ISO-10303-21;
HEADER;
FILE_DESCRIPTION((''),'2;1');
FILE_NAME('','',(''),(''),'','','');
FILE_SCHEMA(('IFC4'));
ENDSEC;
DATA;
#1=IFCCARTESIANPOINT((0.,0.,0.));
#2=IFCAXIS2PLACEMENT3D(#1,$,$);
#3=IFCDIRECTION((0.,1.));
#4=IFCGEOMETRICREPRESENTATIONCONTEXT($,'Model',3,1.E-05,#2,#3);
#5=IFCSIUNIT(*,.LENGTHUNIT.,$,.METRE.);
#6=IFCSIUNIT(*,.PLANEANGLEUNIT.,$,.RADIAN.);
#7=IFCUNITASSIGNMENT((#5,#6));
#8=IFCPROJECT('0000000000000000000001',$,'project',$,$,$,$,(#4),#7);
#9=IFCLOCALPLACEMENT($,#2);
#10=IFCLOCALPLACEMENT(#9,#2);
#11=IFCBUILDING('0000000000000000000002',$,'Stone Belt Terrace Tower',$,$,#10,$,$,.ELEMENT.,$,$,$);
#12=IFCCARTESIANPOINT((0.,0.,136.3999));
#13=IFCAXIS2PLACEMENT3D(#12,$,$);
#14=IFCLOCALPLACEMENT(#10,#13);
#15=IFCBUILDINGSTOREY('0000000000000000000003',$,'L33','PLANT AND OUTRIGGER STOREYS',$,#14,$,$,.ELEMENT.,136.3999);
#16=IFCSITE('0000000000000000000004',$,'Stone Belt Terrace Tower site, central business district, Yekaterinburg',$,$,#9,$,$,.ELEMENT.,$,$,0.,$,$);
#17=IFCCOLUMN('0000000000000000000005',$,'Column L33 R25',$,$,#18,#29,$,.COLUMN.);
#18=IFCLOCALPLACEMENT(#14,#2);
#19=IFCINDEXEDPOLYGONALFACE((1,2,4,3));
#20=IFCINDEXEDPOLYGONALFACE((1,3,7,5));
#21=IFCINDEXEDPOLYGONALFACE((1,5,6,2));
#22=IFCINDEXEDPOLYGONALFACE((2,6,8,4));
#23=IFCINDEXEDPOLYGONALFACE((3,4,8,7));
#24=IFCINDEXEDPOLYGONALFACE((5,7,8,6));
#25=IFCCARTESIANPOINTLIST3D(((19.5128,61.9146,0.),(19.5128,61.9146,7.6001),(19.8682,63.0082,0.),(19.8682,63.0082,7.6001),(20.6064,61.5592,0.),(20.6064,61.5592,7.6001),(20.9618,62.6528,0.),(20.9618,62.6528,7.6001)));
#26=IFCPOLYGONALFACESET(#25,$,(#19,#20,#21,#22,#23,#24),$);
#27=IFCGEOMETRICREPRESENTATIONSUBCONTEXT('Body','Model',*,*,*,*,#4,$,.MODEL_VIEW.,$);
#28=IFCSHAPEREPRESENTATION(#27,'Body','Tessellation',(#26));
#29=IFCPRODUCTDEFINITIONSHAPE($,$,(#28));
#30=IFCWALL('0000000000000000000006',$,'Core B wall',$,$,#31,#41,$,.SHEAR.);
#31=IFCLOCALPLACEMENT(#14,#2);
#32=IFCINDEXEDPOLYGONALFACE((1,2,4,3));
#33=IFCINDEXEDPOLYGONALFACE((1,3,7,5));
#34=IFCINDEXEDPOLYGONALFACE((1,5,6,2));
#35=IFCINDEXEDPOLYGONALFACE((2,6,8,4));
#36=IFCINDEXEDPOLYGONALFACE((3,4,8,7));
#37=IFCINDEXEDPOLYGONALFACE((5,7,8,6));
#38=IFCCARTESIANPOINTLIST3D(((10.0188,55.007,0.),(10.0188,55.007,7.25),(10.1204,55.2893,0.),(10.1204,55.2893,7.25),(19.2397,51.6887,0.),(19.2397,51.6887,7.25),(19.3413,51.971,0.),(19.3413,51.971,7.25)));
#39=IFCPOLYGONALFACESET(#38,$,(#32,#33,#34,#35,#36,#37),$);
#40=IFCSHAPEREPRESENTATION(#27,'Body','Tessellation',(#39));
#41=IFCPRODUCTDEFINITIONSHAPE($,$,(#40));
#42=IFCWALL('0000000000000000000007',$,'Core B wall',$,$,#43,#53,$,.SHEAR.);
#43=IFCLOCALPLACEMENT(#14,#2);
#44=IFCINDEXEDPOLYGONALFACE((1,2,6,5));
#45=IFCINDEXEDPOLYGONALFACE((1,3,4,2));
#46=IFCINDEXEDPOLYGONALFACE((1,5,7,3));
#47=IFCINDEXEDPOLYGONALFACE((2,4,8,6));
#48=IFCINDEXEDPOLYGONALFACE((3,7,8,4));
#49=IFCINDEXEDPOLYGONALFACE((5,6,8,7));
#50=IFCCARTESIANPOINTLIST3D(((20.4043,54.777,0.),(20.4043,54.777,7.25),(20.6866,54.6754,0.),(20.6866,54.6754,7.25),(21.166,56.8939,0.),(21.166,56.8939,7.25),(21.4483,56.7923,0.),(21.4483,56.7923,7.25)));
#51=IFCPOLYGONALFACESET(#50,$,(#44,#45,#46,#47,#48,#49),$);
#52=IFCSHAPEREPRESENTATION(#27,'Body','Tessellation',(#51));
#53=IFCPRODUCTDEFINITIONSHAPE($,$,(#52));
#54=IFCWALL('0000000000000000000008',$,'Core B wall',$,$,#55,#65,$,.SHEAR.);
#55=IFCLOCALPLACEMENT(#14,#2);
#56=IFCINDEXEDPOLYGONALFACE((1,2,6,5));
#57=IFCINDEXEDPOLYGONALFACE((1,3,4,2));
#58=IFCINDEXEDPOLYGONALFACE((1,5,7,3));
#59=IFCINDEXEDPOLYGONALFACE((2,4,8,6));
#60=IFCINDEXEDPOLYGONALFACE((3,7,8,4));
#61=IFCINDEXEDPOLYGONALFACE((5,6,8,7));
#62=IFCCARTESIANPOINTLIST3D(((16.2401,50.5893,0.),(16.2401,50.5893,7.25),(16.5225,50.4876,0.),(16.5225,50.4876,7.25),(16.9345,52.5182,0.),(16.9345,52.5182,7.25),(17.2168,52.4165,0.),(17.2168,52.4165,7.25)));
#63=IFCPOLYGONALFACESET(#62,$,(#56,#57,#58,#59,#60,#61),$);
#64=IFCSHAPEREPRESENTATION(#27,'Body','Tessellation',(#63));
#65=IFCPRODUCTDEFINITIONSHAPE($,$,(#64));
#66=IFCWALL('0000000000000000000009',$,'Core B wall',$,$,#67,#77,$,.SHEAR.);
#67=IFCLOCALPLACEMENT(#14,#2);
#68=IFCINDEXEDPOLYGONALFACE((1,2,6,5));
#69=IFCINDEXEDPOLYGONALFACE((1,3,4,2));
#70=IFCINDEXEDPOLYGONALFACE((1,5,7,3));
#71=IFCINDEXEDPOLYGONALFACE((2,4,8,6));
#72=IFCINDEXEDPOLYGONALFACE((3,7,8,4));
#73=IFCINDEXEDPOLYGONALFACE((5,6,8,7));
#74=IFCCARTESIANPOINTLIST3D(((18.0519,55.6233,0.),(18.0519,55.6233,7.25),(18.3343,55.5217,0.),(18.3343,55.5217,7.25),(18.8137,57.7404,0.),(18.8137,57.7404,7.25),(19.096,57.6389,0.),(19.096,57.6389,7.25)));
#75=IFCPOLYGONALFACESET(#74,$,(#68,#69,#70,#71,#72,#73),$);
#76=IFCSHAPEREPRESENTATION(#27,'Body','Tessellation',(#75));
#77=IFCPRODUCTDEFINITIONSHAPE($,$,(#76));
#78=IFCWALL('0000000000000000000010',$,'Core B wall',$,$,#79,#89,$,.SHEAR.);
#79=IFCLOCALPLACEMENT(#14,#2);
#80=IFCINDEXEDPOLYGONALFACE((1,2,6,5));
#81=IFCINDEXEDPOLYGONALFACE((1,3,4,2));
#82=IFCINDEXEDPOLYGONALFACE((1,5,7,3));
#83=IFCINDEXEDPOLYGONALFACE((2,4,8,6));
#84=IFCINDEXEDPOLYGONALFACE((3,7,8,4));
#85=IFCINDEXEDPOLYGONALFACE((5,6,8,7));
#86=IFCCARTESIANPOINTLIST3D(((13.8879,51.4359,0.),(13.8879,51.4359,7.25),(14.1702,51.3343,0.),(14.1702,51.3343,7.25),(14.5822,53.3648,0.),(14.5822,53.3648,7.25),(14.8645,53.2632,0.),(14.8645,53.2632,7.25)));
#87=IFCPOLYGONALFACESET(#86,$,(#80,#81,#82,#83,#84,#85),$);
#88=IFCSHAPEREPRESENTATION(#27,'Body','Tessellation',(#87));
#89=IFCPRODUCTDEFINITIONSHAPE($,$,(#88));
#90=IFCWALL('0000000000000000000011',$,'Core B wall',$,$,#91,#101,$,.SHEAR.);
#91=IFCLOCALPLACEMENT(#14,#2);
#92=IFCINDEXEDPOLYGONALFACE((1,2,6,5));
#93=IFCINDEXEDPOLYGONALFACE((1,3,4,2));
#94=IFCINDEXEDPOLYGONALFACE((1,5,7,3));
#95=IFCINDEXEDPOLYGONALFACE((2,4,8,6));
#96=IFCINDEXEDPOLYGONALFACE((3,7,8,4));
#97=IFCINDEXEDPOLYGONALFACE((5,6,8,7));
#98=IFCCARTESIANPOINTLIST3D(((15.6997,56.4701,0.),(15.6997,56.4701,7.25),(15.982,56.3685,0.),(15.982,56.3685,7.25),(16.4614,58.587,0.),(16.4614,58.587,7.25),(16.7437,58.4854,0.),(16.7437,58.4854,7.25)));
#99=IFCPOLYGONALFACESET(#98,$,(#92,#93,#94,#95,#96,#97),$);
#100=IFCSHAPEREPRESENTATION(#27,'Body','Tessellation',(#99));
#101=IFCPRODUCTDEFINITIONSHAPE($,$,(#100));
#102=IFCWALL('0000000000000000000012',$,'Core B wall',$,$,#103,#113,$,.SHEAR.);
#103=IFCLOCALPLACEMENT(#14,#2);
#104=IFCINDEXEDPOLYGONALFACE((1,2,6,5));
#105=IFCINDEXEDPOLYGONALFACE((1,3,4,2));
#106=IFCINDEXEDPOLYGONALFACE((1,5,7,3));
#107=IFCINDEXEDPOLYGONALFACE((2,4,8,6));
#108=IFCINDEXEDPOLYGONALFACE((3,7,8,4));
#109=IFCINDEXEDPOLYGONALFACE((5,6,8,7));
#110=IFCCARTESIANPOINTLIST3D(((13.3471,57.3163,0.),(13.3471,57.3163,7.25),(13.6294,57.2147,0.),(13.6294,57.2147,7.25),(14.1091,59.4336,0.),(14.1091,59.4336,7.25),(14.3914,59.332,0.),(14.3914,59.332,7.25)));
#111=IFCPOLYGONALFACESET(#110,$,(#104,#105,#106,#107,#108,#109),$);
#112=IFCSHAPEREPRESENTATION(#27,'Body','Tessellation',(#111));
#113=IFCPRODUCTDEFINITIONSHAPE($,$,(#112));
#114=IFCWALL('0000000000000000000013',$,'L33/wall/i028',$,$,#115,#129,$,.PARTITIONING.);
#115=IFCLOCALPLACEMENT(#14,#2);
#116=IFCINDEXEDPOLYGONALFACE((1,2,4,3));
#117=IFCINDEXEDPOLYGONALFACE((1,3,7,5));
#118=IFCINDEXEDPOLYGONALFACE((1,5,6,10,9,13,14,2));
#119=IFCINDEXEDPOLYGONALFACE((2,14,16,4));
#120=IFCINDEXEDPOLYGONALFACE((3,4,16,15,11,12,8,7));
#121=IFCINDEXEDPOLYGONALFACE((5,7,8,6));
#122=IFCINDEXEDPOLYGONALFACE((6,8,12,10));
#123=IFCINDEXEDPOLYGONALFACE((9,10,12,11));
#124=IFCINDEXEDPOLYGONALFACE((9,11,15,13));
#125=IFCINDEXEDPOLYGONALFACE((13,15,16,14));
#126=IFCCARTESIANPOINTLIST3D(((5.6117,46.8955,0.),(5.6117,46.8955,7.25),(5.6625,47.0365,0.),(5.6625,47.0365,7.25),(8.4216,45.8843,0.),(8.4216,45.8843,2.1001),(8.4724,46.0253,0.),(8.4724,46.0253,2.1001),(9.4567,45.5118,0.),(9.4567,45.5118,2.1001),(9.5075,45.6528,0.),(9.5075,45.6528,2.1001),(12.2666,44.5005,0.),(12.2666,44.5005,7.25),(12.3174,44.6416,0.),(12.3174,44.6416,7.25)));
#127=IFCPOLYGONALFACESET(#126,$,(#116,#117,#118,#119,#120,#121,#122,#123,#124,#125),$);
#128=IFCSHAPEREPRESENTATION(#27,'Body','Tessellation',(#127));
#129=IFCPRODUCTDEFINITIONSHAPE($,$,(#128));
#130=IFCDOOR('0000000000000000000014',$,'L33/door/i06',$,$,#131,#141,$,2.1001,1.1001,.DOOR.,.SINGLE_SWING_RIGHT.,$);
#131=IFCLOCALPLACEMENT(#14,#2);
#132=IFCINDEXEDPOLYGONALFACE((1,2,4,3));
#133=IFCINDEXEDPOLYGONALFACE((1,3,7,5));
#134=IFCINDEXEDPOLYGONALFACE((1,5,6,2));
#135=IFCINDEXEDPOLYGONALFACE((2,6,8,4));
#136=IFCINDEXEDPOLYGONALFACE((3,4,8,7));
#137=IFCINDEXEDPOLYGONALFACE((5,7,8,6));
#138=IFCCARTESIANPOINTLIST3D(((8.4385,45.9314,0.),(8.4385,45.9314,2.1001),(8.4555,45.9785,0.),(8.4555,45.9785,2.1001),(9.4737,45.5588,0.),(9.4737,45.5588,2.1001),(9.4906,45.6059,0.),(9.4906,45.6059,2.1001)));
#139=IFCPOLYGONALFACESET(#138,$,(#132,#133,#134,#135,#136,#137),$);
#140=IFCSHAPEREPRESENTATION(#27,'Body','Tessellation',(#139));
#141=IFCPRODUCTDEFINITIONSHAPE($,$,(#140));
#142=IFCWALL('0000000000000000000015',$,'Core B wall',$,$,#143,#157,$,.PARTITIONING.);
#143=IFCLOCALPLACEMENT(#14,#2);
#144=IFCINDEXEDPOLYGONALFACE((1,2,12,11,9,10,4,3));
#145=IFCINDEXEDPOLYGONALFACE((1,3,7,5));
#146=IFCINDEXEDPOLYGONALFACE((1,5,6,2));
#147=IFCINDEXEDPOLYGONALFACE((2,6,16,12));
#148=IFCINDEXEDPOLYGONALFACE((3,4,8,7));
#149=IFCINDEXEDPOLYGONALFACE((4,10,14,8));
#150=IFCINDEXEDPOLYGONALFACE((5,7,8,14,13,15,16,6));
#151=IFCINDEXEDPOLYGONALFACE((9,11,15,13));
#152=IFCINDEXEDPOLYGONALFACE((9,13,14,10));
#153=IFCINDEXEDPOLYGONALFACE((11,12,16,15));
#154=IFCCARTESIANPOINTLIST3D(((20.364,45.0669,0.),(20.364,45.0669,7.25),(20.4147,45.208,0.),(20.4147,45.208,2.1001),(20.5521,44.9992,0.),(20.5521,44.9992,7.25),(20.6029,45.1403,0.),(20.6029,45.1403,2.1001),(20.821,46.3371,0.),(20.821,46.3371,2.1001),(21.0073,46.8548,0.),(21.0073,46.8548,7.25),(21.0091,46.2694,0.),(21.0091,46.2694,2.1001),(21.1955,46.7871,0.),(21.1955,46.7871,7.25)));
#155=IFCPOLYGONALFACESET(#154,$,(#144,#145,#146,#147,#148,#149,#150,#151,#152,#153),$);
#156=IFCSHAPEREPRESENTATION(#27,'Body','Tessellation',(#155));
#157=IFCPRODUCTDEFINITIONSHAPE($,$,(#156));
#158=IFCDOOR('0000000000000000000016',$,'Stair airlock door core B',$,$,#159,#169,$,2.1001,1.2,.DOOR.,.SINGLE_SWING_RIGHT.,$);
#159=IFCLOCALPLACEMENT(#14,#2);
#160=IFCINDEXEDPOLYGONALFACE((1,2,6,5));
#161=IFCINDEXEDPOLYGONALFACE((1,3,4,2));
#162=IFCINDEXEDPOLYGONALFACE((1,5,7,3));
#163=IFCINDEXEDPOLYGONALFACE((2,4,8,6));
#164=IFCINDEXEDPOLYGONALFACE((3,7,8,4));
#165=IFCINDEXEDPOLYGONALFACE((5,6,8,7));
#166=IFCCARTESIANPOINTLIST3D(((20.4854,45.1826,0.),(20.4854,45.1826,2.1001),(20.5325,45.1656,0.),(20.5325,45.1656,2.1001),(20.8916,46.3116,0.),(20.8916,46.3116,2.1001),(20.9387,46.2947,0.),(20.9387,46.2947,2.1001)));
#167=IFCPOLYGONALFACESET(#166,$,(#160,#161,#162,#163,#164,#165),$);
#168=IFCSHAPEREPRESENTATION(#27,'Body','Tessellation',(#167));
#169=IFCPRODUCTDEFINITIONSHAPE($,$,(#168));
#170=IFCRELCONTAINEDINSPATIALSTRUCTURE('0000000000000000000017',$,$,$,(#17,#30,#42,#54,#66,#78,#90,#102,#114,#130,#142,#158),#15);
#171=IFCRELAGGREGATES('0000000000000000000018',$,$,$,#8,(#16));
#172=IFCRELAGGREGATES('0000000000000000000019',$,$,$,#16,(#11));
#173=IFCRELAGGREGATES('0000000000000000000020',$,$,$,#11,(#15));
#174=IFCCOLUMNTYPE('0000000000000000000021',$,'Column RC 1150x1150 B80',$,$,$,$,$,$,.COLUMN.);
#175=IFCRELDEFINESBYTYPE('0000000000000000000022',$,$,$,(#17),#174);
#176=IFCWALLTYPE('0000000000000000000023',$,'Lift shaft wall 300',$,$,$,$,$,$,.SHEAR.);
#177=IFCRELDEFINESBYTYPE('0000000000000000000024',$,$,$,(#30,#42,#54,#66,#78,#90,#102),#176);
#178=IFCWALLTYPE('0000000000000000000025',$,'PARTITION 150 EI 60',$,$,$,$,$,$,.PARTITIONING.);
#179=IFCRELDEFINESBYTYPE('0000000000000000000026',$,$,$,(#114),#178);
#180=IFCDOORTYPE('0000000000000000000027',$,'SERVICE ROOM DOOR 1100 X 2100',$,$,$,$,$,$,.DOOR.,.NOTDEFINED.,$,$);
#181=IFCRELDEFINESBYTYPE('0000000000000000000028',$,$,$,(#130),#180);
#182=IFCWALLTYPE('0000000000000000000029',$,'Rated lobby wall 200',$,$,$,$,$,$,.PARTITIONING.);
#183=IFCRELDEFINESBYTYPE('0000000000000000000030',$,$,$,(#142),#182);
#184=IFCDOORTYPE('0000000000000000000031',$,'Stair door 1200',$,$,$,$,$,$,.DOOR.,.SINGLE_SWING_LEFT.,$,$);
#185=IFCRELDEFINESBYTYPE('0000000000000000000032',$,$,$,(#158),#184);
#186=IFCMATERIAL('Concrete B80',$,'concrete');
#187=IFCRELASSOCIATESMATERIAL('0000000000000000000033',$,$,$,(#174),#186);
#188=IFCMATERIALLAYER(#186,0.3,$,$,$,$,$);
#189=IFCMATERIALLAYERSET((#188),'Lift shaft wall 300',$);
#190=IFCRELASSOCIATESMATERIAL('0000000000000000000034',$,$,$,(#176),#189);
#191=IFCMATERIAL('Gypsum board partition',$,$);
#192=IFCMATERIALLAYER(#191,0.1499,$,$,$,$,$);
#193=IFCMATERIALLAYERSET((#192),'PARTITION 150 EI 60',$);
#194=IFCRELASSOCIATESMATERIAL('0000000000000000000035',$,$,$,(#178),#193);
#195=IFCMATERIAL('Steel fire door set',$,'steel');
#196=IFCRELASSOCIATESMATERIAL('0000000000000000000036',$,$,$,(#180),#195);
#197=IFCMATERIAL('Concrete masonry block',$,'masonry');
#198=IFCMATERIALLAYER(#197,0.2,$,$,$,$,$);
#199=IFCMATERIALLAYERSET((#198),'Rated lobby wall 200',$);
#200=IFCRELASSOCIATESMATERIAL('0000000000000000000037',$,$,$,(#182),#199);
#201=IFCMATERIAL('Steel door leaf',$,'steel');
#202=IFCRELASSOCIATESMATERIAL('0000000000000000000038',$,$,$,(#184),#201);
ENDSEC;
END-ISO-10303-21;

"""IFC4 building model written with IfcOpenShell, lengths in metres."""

from ifc_helpers import new_model, si_unit, direction, frame, frame_2d, origin, origin_2d, place, context, subcontext, project, spatial, rectangle, extrude, material, layer, layer_set, material_profile, profile_set, type_object, element, fill, save


model = new_model("IFC4")

# Units and contexts
model_context = context("Model", 3, precision=1e-05, world=origin(), true_north=direction((0.0, 1.0)))
body_context = subcontext(model_context, "Body", "Model", "MODEL_VIEW")
ifc_project = project(units=[si_unit("LENGTHUNIT", "METRE"), si_unit("PLANEANGLEUNIT", "RADIAN")], contexts=[model_context])

# Site, building, storey
site_placement = place(None, origin())
site = spatial("IfcSite", under=ifc_project, at=site_placement, Name="Stone Belt Terrace Tower site, central business district, Yekaterinburg", CompositionType="ELEMENT", RefElevation=0.0)
building_placement = place(site_placement, origin())
building = spatial("IfcBuilding", under=site, at=building_placement, Name="Stone Belt Terrace Tower", CompositionType="ELEMENT")
storey_placement = place(building_placement, frame((0.0, 0.0, 136.3999)))
storey = spatial("IfcBuildingStorey", under=building, at=storey_placement, Name="L33", Description="PLANT AND OUTRIGGER STOREYS", CompositionType="ELEMENT", Elevation=136.3999)

# Column
ifc_material_1 = material(Name="Concrete B80", Category="concrete")
ifc_material_profile = material_profile(ifc_material_1, rectangle(XDim=1.1499, YDim=1.1499, at=origin_2d()), Name="RC 1150x1150")
ifc_profile_set = profile_set([ifc_material_profile], Name="Concrete B80")
column_type = type_object("IfcColumnType", Name="Column RC 1150x1150 B80", PredefinedType="COLUMN", material=ifc_profile_set)
column_placement = place(storey_placement, frame((20.2373, 62.2837, 0.0), z_axis=(0.0, 0.0, 1.0), x_axis=(0.951057, -0.309017, 0.0)))
element("IfcColumn", 1, at=column_placement, inside=storey, type_object=column_type, Name="Column L33 R25", PredefinedType="COLUMN", context=body_context, shape_type="SweptSolid", body=[
    extrude(rectangle(XDim=1.1499, YDim=1.1499, at=origin_2d()), origin(), (0.0, 0.0, 1.0), 7.6001),
])

# Walls
ifc_layer_1 = layer(ifc_material_1, 0.3)
ifc_layer_set_1 = layer_set([ifc_layer_1], Name="Lift shaft wall 300")
wall_type_1 = type_object("IfcWallType", Name="Lift shaft wall 300", PredefinedType="SHEAR", material=ifc_layer_set_1)
wall_1_placement = place(storey_placement, frame((19.2905, 51.8298, 0.0), z_axis=(0.0, 0.0, 1.0), x_axis=(-0.940926, 0.338613, 0.0)))
element("IfcWall", 2, at=wall_1_placement, inside=storey, type_object=wall_type_1, Name="Core B wall", PredefinedType="SHEAR", context=body_context, shape_type="SweptSolid", body=[
    extrude(rectangle(XDim=9.7998, YDim=0.3, at=frame_2d((4.8999, 0.0))), origin(), (0.0, 0.0, 1.0), 7.25),
])
wall_2_placement = place(storey_placement, frame((20.5454, 54.7261, 0.0), z_axis=(0.0, 0.0, 1.0), x_axis=(0.33857, 0.940941, 0.0)))
element("IfcWall", 3, at=wall_2_placement, inside=storey, type_object=wall_type_1, Name="Core B wall", PredefinedType="SHEAR", context=body_context, shape_type="SweptSolid", body=[
    extrude(rectangle(XDim=2.2498, YDim=0.3, at=frame_2d((1.125, 0.0))), origin(), (0.0, 0.0, 1.0), 7.25),
])
wall_3_placement = place(storey_placement, frame((16.3813, 50.5386, 0.0), z_axis=(0.0, 0.0, 1.0), x_axis=(0.338682, 0.940901, 0.0)))
element("IfcWall", 4, at=wall_3_placement, inside=storey, type_object=wall_type_1, Name="Core B wall", PredefinedType="SHEAR", context=body_context, shape_type="SweptSolid", body=[
    extrude(rectangle(XDim=2.05, YDim=0.3, at=frame_2d((1.0249, 0.0))), origin(), (0.0, 0.0, 1.0), 7.25),
])
wall_4_placement = place(storey_placement, frame((18.1931, 55.5725, 0.0), z_axis=(0.0, 0.0, 1.0), x_axis=(0.338535, 0.940954, 0.0)))
element("IfcWall", 5, at=wall_4_placement, inside=storey, type_object=wall_type_1, Name="Core B wall", PredefinedType="SHEAR", context=body_context, shape_type="SweptSolid", body=[
    extrude(rectangle(XDim=2.25, YDim=0.3, at=frame_2d((1.125, 0.0))), origin(), (0.0, 0.0, 1.0), 7.25),
])
wall_5_placement = place(storey_placement, frame((14.0291, 51.3853, 0.0), z_axis=(0.0, 0.0, 1.0), x_axis=(0.338682, 0.940901, 0.0)))
element("IfcWall", 6, at=wall_5_placement, inside=storey, type_object=wall_type_1, Name="Core B wall", PredefinedType="SHEAR", context=body_context, shape_type="SweptSolid", body=[
    extrude(rectangle(XDim=2.05, YDim=0.3, at=frame_2d((1.0249, 0.0))), origin(), (0.0, 0.0, 1.0), 7.25),
])
wall_6_placement = place(storey_placement, frame((15.8408, 56.4192, 0.0), z_axis=(0.0, 0.0, 1.0), x_axis=(0.33857, 0.940941, 0.0)))
element("IfcWall", 7, at=wall_6_placement, inside=storey, type_object=wall_type_1, Name="Core B wall", PredefinedType="SHEAR", context=body_context, shape_type="SweptSolid", body=[
    extrude(rectangle(XDim=2.2498, YDim=0.3, at=frame_2d((1.125, 0.0))), origin(), (0.0, 0.0, 1.0), 7.25),
])
wall_7_placement = place(storey_placement, frame((13.4883, 57.2656, 0.0), z_axis=(0.0, 0.0, 1.0), x_axis=(0.338631, 0.940919, 0.0)))
element("IfcWall", 8, at=wall_7_placement, inside=storey, type_object=wall_type_1, Name="Core B wall", PredefinedType="SHEAR", context=body_context, shape_type="SweptSolid", body=[
    extrude(rectangle(XDim=2.2502, YDim=0.3, at=frame_2d((1.125, 0.0))), origin(), (0.0, 0.0, 1.0), 7.25),
])

# Walls, openings, doors
ifc_material_2 = material(Name="Gypsum board partition")
ifc_layer_2 = layer(ifc_material_2, 0.1499)
ifc_layer_set_2 = layer_set([ifc_layer_2], Name="PARTITION 150 EI 60")
wall_type_2 = type_object("IfcWallType", Name="PARTITION 150 EI 60", PredefinedType="PARTITIONING", material=ifc_layer_set_2)
wall_8_placement = place(storey_placement, frame((12.292, 44.571, 0.0), z_axis=(0.0, 0.0, 1.0), x_axis=(-0.940923, 0.33862, 0.0)))
wall_8 = element("IfcWall", 9, at=wall_8_placement, inside=storey, type_object=wall_type_2, Name="L33/wall/i028", PredefinedType="PARTITIONING", context=body_context, shape_type="SweptSolid", body=[
    extrude(rectangle(XDim=7.0728, YDim=0.1499, at=frame_2d((3.5364, 0.0))), origin(), (0.0, 0.0, 1.0), 7.25),
])
opening_1_placement = place(wall_8_placement, frame((2.9863, 0.0, 0.0)))
opening_1 = element("IfcOpeningElement", 10, at=opening_1_placement, cuts=wall_8, PredefinedType="OPENING", context=body_context, shape_type="SweptSolid", body=[
    extrude(rectangle(XDim=1.1001, YDim=2.1001, at=frame_2d((0.55, 1.05))), frame((0.0, 0.085, 0.0), z_axis=(0.0, -1.0, 0.0), x_axis=(1.0, 0.0, 0.0)), (0.0, 0.0, 1.0), 0.1699),
])
ifc_material_3 = material(Name="Steel fire door set", Category="steel")
door_type_1 = type_object("IfcDoorType", Name="SERVICE ROOM DOOR 1100 X 2100", OperationType="NOTDEFINED", PredefinedType="DOOR", material=ifc_material_3)
door_1_placement = place(opening_1_placement, origin())
door_1 = element("IfcDoor", 11, at=door_1_placement, inside=storey, type_object=door_type_1, Name="L33/door/i06", OperationType="SINGLE_SWING_RIGHT", OverallHeight=2.1001, OverallWidth=1.1001, PredefinedType="DOOR", context=body_context, shape_type="SweptSolid", body=[
    extrude(rectangle(XDim=1.1001, YDim=2.1001, at=frame_2d((0.55, 1.05))), frame((0.0, 0.0249, 0.0), z_axis=(0.0, -1.0, 0.0), x_axis=(1.0, 0.0, 0.0)), (0.0, 0.0, 1.0), 0.05),
])
fill(opening_1, door_1)
ifc_material_4 = material(Name="Concrete masonry block", Category="masonry")
ifc_layer_3 = layer(ifc_material_4, 0.2)
ifc_layer_set_3 = layer_set([ifc_layer_3], Name="Rated lobby wall 200")
wall_type_3 = type_object("IfcWallType", Name="Rated lobby wall 200", PredefinedType="PARTITIONING", material=ifc_layer_set_3)
wall_9_placement = place(storey_placement, frame((20.458, 45.033, 0.0), z_axis=(0.0, 0.0, 1.0), x_axis=(0.338574, 0.94094, 0.0)))
wall_9 = element("IfcWall", 12, at=wall_9_placement, inside=storey, type_object=wall_type_3, Name="Core B wall", PredefinedType="PARTITIONING", context=body_context, shape_type="SweptSolid", body=[
    extrude(rectangle(XDim=1.9001, YDim=0.2, at=frame_2d((0.9502, 0.0))), origin(), (0.0, 0.0, 1.0), 7.25),
])
opening_2_placement = place(wall_9_placement, frame((0.1499, 0.0, 0.0)))
opening_2 = element("IfcOpeningElement", 13, at=opening_2_placement, cuts=wall_9, PredefinedType="OPENING", context=body_context, shape_type="SweptSolid", body=[
    extrude(rectangle(XDim=1.2, YDim=2.1001, at=frame_2d((0.6001, 1.05))), frame((0.0, 0.1099, 0.0), z_axis=(0.0, -1.0, 0.0), x_axis=(1.0, 0.0, 0.0)), (0.0, 0.0, 1.0), 0.22),
])
ifc_material_5 = material(Name="Steel door leaf", Category="steel")
door_type_2 = type_object("IfcDoorType", Name="Stair door 1200", OperationType="SINGLE_SWING_LEFT", PredefinedType="DOOR", material=ifc_material_5)
door_2_placement = place(opening_2_placement, origin())
door_2 = element("IfcDoor", 14, at=door_2_placement, inside=storey, type_object=door_type_2, Name="Stair airlock door core B", OperationType="SINGLE_SWING_RIGHT", OverallHeight=2.1001, OverallWidth=1.2, PredefinedType="DOOR", context=body_context, shape_type="SweptSolid", body=[
    extrude(rectangle(XDim=1.2, YDim=2.1001, at=frame_2d((0.6001, 1.05))), frame((0.0, 0.0249, 0.0), z_axis=(0.0, -1.0, 0.0), x_axis=(1.0, 0.0, 0.0)), (0.0, 0.0, 1.0), 0.05),
])
fill(opening_2, door_2)

save(model, "model.ifc")
